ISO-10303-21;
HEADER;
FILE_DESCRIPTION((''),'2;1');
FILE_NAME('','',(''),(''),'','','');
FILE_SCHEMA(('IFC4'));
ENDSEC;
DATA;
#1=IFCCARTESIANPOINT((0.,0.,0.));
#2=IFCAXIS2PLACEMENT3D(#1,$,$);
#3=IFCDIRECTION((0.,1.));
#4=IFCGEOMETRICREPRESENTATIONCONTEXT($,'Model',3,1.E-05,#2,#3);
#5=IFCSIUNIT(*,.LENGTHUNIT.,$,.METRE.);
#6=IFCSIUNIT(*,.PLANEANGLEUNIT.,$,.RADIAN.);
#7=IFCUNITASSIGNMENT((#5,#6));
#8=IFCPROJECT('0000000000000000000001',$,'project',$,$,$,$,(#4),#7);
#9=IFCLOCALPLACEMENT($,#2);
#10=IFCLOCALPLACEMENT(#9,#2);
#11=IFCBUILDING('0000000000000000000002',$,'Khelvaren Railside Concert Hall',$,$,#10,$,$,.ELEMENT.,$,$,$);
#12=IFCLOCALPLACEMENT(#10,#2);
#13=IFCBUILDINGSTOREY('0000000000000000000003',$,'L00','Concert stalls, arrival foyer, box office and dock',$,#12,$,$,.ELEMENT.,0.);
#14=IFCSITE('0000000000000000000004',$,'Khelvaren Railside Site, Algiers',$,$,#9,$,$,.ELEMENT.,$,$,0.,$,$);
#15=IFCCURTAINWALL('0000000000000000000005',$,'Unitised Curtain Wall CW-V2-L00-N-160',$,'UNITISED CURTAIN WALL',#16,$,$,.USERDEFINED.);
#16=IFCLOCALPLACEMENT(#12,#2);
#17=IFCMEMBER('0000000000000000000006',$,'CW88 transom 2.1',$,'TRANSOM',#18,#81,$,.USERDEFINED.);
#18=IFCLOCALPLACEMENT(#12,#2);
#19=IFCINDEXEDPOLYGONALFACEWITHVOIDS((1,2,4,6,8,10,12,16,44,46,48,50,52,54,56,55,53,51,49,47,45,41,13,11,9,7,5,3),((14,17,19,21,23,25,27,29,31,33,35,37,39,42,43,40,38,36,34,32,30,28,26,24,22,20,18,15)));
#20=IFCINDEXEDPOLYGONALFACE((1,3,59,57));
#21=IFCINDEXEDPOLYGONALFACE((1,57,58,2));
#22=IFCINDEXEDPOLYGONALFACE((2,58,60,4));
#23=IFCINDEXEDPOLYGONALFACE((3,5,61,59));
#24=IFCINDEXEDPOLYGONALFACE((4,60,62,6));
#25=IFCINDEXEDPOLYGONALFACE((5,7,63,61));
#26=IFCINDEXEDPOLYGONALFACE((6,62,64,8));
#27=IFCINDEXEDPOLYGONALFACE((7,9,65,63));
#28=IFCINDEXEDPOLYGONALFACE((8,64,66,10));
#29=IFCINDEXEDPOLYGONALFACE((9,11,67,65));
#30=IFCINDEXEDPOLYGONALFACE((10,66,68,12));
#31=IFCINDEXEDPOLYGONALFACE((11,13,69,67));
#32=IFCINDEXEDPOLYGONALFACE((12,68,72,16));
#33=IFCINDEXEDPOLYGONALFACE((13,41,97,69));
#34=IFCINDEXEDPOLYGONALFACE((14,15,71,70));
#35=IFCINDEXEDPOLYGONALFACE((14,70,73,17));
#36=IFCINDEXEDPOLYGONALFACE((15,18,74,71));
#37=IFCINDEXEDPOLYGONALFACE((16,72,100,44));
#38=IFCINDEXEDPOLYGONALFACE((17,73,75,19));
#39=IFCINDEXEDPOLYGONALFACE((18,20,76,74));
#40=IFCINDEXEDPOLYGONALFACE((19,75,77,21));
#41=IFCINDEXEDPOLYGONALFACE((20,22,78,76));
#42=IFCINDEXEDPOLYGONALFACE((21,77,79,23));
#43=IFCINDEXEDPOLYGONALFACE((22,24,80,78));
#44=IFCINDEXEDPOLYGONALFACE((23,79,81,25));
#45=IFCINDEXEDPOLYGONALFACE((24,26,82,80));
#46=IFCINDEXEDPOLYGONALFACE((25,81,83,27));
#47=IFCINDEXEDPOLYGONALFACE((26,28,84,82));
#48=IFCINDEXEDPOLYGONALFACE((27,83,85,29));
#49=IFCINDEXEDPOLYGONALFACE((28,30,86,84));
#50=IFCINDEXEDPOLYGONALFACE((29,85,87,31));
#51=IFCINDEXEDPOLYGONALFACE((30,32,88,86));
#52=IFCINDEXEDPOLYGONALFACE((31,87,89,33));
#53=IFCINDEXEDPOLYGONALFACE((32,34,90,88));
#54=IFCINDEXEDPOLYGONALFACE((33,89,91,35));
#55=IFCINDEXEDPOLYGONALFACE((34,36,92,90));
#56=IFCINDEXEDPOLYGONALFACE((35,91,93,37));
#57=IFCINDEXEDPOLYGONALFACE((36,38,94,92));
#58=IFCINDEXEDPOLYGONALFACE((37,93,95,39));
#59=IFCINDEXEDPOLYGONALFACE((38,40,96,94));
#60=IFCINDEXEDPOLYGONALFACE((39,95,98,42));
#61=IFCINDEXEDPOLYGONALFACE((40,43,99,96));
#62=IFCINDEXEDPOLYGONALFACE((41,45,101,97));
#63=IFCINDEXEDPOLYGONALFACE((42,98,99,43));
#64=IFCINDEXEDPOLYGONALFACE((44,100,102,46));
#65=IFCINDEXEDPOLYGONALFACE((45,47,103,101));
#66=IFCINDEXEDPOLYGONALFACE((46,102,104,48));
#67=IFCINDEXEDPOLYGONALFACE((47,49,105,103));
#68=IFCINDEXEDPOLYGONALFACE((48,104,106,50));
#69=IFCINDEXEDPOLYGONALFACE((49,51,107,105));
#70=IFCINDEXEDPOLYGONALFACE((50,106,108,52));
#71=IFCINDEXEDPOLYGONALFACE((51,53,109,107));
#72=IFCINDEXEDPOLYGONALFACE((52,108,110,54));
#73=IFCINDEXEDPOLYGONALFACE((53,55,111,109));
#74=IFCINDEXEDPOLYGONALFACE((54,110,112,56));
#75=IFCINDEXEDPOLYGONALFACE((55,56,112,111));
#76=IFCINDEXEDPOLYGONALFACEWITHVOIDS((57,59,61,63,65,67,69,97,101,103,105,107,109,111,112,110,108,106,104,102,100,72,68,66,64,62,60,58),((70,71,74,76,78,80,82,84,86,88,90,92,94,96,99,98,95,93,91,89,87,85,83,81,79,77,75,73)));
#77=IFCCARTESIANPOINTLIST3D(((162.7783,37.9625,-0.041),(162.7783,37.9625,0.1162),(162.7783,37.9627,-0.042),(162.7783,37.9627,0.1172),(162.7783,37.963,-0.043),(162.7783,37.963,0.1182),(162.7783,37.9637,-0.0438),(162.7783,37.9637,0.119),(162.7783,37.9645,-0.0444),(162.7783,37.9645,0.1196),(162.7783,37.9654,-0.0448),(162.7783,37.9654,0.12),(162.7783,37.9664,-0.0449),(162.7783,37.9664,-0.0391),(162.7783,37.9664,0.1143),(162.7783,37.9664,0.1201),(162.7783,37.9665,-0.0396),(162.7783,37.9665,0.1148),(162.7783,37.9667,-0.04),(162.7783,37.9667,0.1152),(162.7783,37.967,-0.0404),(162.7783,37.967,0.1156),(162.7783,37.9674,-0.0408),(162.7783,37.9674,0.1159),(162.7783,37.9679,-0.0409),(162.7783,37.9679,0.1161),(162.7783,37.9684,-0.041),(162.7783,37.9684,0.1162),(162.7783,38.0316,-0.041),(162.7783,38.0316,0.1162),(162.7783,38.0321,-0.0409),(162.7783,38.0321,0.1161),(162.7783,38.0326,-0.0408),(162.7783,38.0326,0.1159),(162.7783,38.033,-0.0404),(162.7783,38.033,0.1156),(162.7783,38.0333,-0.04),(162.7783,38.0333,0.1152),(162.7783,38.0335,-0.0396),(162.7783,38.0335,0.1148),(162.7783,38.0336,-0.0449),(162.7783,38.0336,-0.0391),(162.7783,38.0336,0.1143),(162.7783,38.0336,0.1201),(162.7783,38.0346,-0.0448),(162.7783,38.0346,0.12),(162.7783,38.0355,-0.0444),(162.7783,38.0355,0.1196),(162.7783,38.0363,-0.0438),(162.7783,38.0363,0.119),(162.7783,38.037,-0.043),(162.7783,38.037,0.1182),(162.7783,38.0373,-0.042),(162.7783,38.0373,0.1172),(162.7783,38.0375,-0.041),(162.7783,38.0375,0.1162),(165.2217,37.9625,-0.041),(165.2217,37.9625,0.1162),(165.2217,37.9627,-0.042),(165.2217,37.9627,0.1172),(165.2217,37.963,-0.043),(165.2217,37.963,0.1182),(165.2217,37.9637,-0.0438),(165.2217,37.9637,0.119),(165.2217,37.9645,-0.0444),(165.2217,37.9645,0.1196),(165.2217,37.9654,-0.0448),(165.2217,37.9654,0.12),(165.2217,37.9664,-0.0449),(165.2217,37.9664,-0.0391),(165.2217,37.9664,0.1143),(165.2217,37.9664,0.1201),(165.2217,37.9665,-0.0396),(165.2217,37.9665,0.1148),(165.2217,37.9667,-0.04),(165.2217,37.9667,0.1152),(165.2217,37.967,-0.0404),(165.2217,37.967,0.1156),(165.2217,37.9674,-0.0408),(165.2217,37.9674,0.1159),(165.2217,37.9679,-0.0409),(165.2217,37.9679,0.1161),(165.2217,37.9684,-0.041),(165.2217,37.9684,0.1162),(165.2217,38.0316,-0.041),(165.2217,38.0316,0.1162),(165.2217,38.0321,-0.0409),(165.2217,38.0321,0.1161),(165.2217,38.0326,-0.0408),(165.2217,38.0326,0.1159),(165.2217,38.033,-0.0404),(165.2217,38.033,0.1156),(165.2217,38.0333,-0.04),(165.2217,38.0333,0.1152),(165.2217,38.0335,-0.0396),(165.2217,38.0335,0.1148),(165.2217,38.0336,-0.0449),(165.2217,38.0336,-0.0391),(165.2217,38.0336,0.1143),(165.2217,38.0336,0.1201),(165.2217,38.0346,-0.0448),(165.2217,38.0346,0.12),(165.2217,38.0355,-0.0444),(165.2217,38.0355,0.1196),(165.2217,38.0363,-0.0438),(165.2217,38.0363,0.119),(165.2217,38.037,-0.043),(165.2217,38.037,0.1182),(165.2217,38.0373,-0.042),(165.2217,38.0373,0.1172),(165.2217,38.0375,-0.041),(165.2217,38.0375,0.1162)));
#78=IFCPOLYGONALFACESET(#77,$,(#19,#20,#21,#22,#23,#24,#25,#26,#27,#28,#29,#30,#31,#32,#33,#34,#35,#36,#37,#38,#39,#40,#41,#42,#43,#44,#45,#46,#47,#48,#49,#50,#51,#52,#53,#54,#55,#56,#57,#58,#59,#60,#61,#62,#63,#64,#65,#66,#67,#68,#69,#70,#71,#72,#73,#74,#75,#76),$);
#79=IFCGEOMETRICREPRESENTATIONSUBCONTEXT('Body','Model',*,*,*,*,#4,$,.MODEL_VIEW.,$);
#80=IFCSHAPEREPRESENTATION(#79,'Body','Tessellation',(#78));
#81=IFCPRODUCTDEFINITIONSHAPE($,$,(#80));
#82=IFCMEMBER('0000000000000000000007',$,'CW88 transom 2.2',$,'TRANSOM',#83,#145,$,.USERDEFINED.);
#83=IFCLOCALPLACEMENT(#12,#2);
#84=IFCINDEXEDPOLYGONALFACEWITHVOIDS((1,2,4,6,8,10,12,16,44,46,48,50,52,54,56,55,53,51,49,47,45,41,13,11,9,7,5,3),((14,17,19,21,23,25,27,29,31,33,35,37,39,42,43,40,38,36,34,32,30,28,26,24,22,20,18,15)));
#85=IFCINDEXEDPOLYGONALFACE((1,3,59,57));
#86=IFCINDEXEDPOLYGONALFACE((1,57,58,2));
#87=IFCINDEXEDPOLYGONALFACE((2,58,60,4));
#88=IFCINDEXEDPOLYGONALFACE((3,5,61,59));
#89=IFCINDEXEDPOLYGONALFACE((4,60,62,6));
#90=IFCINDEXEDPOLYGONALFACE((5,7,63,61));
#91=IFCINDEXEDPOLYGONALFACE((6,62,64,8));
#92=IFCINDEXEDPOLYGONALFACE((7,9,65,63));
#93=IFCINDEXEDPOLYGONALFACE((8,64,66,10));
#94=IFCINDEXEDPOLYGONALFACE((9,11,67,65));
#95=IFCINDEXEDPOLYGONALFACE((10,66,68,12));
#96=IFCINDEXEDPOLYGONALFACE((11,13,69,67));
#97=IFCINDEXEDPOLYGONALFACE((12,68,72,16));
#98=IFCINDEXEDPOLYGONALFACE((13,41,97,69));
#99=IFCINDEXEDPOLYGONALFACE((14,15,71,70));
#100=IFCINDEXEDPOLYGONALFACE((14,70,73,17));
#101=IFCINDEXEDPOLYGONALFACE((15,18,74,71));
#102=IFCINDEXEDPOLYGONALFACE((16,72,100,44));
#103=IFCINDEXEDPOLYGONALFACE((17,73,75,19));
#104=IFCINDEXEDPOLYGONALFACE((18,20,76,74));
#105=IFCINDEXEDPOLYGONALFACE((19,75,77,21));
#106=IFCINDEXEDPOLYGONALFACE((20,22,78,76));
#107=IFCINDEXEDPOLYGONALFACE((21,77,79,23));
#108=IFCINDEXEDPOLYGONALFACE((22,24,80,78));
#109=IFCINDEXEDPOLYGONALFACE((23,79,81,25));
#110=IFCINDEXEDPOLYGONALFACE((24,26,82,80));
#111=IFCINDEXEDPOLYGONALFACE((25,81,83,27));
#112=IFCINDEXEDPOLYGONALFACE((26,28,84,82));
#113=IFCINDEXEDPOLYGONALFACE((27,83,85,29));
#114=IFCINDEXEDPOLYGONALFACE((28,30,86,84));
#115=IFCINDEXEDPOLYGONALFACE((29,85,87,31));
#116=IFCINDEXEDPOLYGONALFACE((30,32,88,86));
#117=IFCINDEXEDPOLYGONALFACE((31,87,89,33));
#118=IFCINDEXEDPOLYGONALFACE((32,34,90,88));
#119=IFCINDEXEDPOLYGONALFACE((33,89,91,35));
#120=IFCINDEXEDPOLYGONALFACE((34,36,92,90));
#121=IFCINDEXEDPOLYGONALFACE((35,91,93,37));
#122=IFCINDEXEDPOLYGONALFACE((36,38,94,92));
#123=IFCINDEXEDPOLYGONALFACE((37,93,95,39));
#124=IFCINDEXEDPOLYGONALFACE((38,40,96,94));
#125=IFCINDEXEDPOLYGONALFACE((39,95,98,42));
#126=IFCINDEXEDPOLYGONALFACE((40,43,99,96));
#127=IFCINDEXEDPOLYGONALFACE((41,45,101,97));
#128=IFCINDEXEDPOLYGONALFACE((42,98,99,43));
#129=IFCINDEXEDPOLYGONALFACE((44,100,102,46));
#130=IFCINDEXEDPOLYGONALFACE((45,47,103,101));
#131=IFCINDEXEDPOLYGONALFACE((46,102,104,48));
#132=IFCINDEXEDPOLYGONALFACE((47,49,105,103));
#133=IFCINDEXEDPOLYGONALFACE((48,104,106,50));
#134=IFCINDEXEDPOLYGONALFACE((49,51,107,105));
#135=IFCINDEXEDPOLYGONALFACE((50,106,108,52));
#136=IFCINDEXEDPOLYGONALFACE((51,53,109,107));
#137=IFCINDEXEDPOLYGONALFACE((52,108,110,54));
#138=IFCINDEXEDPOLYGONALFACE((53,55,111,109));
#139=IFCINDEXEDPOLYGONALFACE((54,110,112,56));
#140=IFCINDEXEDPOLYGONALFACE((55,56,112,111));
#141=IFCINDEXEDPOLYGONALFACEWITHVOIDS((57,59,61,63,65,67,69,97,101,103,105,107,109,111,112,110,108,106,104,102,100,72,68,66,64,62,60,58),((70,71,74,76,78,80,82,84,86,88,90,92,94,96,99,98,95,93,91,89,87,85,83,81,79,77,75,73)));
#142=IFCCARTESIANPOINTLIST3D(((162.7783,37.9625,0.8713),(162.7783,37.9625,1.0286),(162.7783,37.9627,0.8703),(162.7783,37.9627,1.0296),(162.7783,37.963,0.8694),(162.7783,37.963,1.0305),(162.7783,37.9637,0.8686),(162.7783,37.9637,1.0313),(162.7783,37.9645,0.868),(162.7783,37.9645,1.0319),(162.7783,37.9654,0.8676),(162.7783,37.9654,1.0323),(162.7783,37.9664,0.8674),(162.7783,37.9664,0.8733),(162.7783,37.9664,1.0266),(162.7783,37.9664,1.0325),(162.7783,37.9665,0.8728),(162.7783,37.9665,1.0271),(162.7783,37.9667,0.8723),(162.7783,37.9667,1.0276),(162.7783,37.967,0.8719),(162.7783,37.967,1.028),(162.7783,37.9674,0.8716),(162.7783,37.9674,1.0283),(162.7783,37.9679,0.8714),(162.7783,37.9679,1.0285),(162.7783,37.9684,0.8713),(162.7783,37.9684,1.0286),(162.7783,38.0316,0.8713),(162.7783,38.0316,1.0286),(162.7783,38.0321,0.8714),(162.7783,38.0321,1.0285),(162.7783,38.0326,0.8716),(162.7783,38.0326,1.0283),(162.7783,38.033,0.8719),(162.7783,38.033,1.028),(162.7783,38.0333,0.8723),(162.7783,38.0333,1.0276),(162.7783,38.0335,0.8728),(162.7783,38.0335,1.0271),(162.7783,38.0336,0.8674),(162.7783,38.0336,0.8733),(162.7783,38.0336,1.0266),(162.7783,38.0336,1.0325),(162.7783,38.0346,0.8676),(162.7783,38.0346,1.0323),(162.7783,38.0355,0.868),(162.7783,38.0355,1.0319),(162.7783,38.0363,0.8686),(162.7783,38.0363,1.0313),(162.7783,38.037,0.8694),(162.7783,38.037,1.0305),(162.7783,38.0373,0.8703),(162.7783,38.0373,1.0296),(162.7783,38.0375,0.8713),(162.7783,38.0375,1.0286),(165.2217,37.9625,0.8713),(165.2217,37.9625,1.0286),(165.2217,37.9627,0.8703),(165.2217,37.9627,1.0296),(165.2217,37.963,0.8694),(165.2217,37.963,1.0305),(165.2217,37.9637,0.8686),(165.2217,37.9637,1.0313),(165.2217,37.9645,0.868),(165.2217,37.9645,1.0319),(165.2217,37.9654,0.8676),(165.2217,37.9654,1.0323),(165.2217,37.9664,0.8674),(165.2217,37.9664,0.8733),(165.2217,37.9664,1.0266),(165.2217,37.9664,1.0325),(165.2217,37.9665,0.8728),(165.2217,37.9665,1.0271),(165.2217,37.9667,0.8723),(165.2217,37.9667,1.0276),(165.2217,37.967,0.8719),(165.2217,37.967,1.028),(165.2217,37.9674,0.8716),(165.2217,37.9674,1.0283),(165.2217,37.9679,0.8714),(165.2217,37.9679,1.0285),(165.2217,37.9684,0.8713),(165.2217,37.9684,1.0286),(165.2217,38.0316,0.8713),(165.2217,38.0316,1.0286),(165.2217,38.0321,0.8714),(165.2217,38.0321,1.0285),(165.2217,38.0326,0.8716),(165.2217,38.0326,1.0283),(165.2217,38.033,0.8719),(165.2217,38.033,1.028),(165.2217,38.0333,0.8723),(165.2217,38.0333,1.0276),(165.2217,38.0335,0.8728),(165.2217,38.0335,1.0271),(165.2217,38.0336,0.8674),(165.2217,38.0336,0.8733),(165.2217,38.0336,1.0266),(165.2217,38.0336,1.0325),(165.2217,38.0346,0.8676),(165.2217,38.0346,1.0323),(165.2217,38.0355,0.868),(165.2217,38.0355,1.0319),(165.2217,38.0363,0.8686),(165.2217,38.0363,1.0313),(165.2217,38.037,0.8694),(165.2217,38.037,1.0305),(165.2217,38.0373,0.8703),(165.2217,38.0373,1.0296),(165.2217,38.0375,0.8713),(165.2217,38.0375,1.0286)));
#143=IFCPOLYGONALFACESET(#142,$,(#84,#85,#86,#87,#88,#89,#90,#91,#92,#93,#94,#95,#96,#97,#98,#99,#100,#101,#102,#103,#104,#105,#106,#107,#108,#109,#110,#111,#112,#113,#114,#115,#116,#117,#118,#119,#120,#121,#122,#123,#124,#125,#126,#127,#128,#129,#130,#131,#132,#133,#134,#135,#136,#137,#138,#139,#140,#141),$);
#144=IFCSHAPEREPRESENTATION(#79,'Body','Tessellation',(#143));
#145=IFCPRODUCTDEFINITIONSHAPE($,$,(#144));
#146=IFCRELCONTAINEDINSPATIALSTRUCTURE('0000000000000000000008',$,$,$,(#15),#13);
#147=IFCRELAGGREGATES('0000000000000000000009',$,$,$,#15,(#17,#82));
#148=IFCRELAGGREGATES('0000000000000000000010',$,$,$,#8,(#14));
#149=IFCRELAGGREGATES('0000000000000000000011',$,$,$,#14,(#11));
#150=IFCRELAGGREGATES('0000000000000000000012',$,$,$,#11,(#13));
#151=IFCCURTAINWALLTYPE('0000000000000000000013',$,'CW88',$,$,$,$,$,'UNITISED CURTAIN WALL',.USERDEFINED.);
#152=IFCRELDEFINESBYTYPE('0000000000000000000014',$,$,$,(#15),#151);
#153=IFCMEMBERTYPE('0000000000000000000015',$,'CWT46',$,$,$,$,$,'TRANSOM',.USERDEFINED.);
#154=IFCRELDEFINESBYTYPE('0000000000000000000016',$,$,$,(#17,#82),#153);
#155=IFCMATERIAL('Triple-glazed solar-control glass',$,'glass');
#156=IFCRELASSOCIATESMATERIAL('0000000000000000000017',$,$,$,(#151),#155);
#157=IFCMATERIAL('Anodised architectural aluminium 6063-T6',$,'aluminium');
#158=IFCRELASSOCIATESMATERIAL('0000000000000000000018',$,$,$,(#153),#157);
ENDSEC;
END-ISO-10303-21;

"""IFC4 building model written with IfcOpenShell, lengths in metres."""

from ifc_helpers import new_model, si_unit, direction, frame, origin, origin_2d, place, context, subcontext, project, spatial, hollow_rectangle, extrude, material, material_profile, profile_set, type_object, element, aggregate, save


model = new_model("IFC4")

# Units and contexts
model_context = context("Model", 3, precision=1e-05, world=origin(), true_north=direction((0.0, 1.0)))
body_context = subcontext(model_context, "Body", "Model", "MODEL_VIEW")
ifc_project = project(units=[si_unit("LENGTHUNIT", "METRE"), si_unit("PLANEANGLEUNIT", "RADIAN")], contexts=[model_context])

# Site, building, storey
site_placement = place(None, origin())
site = spatial("IfcSite", under=ifc_project, at=site_placement, Name="Khelvaren Railside Site, Algiers", CompositionType="ELEMENT", RefElevation=0.0)
building_placement = place(site_placement, origin())
building = spatial("IfcBuilding", under=site, at=building_placement, Name="Khelvaren Railside Concert Hall", CompositionType="ELEMENT")
storey_placement = place(building_placement, origin())
storey = spatial("IfcBuildingStorey", under=building, at=storey_placement, Name="L00", Description="Concert stalls, arrival foyer, box office and dock", CompositionType="ELEMENT", Elevation=0.0)

# Curtain wall
ifc_material_1 = material(Name="Triple-glazed solar-control glass", Category="glass")
curtain_wall_type_1 = type_object("IfcCurtainWallType", Name="CW88", ElementType="UNITISED CURTAIN WALL", PredefinedType="USERDEFINED", material=ifc_material_1)
curtain_wall_1_placement = place(storey_placement, origin())
curtain_wall_1 = element("IfcCurtainWall", 1, at=curtain_wall_1_placement, inside=storey, type_object=curtain_wall_type_1, Name="Unitised Curtain Wall CW-V2-L00-N-160", ObjectType="UNITISED CURTAIN WALL", PredefinedType="USERDEFINED")
ifc_material_2 = material(Name="Anodised architectural aluminium 6063-T6", Category="aluminium")

# Members
ifc_material_profile_1 = material_profile(ifc_material_2, hollow_rectangle(XDim=0.075, YDim=0.165, WallThickness=0.0039, InnerFilletRadius=0.002, OuterFilletRadius=0.0039, at=origin_2d()), Name="CWT 75x165x4")
ifc_profile_set_1 = profile_set([ifc_material_profile_1], Name="Anodised architectural aluminium 6063-T6")
member_type_1 = type_object("IfcMemberType", Name="CWT46", ElementType="TRANSOM", PredefinedType="USERDEFINED", material=ifc_profile_set_1)
member_1_placement = place(storey_placement, frame((162.7783, 38.0, 0.0376), z_axis=(1.0, 0.0, 0.0), x_axis=(0.0, 1.0, 0.0)))
member_1 = element("IfcMember", 2, at=member_1_placement, type_object=member_type_1, Name="CW88 transom 2.1", ObjectType="TRANSOM", PredefinedType="USERDEFINED", context=body_context, shape_type="SweptSolid", body=[
    extrude(hollow_rectangle(XDim=0.075, YDim=0.165, WallThickness=0.0039, InnerFilletRadius=0.002, OuterFilletRadius=0.0039, at=origin_2d()), origin(), (0.0, 0.0, 1.0), 2.4434),
])
member_2_placement = place(storey_placement, frame((162.7783, 38.0, 0.95), z_axis=(1.0, 0.0, 0.0), x_axis=(0.0, 1.0, 0.0)))
member_2 = element("IfcMember", 3, at=member_2_placement, type_object=member_type_1, Name="CW88 transom 2.2", ObjectType="TRANSOM", PredefinedType="USERDEFINED", context=body_context, shape_type="SweptSolid", body=[
    extrude(hollow_rectangle(XDim=0.075, YDim=0.165, WallThickness=0.0039, InnerFilletRadius=0.002, OuterFilletRadius=0.0039, at=origin_2d()), origin(), (0.0, 0.0, 1.0), 2.4434),
])

aggregate(curtain_wall_1, [member_1, member_2])

save(model, "model.ifc")
